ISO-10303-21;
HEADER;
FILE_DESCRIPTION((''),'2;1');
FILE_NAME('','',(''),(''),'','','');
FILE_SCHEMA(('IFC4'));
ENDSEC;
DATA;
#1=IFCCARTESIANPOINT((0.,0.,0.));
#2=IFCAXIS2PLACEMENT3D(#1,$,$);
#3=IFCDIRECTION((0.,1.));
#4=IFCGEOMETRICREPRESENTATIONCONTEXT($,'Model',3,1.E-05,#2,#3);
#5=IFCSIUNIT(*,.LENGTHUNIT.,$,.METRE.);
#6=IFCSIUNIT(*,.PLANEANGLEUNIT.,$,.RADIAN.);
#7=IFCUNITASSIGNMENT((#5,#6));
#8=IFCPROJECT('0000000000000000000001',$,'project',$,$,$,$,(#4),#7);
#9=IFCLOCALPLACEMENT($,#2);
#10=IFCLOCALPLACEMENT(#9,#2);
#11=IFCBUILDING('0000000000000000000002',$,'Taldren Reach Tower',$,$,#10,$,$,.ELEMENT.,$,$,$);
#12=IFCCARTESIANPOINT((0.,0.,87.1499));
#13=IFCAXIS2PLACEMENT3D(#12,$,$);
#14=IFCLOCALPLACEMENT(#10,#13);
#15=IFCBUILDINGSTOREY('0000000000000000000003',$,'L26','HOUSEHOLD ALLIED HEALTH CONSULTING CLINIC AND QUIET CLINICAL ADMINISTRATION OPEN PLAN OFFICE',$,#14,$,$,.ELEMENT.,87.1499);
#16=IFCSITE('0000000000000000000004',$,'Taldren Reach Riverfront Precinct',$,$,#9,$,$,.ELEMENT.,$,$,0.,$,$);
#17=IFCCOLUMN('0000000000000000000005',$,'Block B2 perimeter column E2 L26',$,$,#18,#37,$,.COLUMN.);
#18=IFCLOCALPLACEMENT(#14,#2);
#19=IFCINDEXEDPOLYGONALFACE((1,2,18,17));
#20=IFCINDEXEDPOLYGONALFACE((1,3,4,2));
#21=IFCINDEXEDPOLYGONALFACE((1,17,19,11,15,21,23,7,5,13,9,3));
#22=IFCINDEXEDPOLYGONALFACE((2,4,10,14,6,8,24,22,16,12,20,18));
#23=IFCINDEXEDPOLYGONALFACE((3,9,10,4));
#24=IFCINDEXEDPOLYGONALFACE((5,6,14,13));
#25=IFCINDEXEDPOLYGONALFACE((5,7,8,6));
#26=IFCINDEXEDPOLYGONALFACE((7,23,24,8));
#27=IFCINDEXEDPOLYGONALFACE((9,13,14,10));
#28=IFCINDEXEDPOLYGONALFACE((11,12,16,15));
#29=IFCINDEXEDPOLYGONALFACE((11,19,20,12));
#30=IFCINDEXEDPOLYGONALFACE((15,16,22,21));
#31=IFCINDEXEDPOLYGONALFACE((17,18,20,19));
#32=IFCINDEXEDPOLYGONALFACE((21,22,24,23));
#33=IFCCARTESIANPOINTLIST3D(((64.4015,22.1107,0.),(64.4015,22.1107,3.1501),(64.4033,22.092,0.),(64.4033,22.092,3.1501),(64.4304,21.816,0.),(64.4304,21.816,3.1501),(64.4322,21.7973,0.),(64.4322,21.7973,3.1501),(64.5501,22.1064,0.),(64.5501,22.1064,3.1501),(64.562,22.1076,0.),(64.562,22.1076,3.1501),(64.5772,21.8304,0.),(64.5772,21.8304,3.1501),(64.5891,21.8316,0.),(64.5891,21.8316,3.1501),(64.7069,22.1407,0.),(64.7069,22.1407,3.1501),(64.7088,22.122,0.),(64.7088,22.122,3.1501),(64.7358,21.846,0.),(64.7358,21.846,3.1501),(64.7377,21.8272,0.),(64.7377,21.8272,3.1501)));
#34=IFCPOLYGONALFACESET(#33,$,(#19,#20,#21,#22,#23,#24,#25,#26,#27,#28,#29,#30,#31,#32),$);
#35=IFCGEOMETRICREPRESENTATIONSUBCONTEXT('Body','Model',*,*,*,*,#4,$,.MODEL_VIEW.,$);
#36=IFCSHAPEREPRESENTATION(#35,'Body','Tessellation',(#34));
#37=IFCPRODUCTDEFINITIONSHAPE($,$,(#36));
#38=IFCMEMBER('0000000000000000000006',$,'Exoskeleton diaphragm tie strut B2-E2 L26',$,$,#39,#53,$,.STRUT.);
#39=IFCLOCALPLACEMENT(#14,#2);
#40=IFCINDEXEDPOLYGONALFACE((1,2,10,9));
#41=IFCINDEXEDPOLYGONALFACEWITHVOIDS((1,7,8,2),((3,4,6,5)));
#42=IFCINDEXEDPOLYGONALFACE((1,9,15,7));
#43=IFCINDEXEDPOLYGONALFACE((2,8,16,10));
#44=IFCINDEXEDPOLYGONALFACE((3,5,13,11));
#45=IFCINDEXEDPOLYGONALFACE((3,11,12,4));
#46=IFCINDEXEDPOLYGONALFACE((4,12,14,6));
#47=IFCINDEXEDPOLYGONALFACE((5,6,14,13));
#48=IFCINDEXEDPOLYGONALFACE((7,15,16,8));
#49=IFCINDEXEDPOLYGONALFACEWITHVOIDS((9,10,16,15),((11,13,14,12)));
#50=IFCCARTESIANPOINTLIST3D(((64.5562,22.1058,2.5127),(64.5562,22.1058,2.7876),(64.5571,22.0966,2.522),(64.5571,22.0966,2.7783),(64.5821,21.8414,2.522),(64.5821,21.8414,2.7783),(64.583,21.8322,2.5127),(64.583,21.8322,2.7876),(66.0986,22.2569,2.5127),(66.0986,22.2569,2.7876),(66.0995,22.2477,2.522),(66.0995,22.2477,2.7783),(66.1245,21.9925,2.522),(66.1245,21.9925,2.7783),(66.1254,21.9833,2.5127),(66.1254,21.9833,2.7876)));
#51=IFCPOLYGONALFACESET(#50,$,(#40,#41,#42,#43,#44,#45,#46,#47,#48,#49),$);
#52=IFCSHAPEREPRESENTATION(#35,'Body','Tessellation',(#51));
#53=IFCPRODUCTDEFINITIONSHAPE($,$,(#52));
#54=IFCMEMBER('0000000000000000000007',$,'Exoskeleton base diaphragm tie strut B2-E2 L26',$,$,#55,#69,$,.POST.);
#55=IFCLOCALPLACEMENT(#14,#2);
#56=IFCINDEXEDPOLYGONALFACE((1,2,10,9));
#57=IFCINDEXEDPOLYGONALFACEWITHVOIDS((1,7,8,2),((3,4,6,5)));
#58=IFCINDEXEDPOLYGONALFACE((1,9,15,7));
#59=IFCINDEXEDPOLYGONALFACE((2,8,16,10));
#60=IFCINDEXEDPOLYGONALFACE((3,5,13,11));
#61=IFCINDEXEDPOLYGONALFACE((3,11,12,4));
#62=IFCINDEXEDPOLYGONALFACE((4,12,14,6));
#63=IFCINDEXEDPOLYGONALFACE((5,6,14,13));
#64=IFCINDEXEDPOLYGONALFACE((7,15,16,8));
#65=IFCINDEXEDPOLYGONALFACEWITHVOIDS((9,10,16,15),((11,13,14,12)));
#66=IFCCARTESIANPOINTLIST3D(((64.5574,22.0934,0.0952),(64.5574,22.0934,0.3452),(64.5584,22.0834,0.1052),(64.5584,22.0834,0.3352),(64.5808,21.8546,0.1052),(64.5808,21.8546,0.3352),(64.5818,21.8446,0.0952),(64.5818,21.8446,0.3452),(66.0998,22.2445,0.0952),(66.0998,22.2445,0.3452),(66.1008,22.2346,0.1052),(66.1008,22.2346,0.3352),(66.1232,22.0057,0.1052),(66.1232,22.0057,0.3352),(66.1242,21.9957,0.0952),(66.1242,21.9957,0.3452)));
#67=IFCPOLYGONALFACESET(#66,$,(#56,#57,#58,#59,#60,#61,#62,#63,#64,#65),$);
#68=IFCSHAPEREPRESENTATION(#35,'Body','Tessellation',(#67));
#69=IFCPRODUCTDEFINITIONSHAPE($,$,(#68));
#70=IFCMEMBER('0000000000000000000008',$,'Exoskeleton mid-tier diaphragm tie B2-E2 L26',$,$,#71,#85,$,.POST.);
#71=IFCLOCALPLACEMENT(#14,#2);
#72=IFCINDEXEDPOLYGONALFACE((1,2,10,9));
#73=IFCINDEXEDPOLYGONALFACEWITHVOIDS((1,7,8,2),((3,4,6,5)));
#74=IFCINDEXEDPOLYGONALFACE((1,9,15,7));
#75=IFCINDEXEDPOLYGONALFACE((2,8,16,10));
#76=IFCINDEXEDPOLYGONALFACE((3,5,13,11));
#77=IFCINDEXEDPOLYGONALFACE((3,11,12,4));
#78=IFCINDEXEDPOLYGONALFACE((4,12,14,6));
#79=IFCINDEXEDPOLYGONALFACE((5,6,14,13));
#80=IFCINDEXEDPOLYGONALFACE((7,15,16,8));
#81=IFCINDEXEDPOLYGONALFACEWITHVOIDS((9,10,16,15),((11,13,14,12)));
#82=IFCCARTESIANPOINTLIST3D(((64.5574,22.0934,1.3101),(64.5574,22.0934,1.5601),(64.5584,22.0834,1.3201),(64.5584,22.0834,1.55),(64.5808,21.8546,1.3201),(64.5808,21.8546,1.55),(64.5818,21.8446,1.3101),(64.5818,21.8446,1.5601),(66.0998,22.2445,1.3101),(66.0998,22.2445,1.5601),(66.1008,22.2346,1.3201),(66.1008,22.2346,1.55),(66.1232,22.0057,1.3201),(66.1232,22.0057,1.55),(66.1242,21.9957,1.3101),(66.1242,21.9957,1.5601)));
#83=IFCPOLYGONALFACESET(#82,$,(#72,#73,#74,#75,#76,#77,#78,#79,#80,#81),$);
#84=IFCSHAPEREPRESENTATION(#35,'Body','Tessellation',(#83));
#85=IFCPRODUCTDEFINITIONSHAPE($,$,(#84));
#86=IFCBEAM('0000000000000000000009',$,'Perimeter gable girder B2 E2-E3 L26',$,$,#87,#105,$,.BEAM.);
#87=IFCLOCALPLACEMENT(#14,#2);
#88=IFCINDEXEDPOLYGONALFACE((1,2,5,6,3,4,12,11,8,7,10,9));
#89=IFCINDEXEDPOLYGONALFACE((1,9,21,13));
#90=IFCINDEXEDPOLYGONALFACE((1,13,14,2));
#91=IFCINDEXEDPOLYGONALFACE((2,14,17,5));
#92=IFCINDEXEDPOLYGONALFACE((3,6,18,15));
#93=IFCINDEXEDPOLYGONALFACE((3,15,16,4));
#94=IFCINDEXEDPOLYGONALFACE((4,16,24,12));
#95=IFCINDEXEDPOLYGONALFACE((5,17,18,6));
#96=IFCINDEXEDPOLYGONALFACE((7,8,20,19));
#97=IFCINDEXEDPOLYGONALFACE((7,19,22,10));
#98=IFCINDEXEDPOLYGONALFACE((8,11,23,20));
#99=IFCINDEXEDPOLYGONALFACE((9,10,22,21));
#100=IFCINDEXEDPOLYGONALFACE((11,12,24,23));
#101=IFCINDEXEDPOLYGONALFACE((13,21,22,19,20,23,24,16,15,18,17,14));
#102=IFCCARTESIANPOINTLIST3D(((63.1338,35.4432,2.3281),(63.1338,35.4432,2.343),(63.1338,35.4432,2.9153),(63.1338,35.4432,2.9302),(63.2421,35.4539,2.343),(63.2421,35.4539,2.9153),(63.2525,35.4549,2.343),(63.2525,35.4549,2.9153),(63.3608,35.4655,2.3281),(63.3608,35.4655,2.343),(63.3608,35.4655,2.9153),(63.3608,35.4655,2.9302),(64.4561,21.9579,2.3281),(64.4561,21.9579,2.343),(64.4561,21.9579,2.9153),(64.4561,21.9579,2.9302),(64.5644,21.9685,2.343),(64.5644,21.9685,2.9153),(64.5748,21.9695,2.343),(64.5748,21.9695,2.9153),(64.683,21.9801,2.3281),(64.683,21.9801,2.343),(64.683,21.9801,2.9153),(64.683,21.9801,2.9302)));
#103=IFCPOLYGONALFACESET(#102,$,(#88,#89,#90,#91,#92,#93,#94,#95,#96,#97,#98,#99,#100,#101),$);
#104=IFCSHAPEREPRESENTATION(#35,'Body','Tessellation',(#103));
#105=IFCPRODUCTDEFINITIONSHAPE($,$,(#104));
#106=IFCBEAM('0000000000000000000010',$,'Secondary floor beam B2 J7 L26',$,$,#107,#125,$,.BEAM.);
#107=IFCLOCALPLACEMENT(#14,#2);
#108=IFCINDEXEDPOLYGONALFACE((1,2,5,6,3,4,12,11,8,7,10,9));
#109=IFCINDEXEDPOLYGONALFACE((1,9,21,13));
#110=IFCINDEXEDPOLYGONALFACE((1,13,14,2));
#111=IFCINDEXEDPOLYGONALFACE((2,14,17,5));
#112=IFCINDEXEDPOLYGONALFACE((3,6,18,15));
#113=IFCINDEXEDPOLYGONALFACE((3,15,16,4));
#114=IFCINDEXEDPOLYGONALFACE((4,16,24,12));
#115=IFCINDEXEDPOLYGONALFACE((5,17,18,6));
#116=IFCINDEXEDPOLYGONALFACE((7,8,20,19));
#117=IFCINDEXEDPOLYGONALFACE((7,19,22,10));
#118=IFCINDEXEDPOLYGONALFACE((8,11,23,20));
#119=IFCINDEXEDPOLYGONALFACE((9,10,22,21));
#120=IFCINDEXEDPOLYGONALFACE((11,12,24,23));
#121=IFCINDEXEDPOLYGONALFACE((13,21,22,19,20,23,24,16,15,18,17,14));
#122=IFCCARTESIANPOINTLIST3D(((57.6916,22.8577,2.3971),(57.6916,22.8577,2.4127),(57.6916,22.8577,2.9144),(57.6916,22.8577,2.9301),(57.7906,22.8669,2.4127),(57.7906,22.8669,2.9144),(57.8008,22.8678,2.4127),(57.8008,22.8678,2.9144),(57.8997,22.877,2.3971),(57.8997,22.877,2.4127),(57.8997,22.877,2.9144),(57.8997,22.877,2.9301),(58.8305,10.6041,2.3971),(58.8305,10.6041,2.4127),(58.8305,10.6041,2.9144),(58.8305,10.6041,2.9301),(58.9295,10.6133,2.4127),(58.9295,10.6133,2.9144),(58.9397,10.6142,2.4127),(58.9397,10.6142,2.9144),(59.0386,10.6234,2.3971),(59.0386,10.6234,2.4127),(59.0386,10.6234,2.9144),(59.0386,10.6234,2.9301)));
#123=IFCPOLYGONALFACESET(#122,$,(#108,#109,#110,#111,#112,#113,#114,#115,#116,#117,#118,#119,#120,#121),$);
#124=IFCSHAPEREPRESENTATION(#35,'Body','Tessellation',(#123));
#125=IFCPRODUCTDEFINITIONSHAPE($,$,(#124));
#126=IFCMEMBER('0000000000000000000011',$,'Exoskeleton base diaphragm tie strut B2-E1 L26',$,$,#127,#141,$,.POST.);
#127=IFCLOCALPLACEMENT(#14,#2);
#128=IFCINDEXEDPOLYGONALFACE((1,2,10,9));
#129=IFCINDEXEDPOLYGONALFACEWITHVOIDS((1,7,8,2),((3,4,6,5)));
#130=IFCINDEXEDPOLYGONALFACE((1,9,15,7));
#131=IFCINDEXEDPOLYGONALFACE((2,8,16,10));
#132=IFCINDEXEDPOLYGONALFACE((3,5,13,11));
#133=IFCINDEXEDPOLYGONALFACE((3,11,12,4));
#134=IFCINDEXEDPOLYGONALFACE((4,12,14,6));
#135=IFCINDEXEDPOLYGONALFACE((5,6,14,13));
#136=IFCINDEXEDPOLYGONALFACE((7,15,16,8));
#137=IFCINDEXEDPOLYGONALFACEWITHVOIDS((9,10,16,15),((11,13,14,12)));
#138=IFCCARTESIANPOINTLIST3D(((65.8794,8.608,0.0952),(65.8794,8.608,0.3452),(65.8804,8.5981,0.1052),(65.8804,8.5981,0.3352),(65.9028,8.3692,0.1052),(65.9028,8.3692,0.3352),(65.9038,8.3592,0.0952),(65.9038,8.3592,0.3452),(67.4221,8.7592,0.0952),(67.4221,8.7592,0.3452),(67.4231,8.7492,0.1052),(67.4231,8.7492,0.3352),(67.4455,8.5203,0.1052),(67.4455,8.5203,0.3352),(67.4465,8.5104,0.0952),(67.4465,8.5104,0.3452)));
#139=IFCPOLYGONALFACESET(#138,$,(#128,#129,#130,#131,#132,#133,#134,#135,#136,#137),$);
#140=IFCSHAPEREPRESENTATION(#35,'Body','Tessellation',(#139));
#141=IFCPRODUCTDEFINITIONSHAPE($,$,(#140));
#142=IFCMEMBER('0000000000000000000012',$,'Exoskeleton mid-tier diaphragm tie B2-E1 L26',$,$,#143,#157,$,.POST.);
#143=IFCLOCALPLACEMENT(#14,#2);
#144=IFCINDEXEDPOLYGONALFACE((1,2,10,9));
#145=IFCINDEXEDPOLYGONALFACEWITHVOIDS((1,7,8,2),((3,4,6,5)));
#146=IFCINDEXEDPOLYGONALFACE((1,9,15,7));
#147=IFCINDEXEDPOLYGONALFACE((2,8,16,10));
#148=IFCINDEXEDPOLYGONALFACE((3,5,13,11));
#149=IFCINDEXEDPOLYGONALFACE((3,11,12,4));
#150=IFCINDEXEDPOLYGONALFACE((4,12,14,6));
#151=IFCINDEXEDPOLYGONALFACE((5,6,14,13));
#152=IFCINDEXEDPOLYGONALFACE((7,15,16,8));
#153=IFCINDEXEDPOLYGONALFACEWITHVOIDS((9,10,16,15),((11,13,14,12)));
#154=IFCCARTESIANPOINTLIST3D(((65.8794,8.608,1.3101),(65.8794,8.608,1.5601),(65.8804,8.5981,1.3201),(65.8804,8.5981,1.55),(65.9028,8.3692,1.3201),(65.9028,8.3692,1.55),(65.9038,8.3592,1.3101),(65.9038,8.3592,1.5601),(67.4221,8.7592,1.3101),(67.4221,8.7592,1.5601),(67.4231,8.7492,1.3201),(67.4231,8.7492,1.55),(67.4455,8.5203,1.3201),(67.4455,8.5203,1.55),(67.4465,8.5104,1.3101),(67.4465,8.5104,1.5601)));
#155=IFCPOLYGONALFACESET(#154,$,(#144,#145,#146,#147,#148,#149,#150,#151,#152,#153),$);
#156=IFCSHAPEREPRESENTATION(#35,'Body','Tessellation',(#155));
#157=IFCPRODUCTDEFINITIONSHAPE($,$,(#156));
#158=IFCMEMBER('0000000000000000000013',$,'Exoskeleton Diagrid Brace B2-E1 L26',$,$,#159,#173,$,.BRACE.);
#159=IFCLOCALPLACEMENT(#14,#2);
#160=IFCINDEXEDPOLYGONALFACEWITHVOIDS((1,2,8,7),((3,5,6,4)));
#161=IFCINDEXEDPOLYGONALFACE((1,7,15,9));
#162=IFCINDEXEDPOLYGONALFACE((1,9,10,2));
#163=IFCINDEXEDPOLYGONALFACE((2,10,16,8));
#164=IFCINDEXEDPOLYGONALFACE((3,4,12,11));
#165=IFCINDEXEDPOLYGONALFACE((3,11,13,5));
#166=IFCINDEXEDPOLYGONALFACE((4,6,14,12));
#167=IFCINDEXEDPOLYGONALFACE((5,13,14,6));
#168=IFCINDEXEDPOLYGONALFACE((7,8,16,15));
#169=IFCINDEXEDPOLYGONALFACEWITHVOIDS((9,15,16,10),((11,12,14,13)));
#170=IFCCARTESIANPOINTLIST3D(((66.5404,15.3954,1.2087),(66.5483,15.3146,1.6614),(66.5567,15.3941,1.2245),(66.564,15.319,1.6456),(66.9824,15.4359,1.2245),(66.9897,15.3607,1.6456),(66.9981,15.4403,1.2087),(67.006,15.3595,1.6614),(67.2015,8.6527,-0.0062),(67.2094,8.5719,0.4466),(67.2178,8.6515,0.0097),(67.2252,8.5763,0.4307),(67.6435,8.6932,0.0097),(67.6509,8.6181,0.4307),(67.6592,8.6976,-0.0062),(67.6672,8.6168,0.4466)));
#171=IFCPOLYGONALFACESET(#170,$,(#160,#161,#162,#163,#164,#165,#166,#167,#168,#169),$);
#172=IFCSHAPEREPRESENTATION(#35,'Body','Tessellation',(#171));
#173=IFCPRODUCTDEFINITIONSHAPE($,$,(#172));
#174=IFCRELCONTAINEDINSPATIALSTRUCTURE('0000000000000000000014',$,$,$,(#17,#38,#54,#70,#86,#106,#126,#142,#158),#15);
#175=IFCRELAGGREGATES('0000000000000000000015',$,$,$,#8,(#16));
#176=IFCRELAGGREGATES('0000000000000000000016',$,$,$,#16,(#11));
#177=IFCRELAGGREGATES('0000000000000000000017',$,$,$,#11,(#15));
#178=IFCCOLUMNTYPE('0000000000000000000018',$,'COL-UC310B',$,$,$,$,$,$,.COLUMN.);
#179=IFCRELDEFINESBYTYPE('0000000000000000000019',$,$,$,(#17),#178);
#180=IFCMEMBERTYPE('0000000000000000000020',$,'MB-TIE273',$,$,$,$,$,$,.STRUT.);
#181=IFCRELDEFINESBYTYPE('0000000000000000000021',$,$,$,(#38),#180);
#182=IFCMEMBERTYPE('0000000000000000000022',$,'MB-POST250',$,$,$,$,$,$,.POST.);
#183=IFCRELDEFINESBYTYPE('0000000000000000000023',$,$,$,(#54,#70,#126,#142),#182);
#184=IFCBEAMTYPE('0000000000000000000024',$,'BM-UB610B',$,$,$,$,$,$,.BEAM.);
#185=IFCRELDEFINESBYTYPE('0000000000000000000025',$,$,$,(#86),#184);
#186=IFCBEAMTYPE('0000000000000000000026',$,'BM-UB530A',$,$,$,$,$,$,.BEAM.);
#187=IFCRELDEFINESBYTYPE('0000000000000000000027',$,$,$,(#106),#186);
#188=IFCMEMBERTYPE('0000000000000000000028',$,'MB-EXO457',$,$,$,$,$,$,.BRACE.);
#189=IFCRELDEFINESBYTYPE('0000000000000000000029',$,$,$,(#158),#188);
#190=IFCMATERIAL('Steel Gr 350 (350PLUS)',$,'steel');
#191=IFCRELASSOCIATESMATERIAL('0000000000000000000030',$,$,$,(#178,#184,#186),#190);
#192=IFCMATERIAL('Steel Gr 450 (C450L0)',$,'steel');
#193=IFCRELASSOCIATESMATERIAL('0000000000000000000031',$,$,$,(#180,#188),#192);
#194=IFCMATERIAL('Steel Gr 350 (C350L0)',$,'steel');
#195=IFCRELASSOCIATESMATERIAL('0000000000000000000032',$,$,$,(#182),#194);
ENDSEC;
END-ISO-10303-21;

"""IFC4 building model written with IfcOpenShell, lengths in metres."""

from ifc_helpers import new_model, si_unit, direction, frame, origin, origin_2d, place, context, subcontext, project, spatial, hollow_rectangle, i_section, extrude, source, transform, mapped, material, material_profile, profile_set, type_object, element, save


model = new_model("IFC4")

# Units and contexts
model_context = context("Model", 3, precision=1e-05, world=origin(), true_north=direction((0.0, 1.0)))
body_context = subcontext(model_context, "Body", "Model", "MODEL_VIEW")
ifc_project = project(units=[si_unit("LENGTHUNIT", "METRE"), si_unit("PLANEANGLEUNIT", "RADIAN")], contexts=[model_context])

# Site, building, storey
site_placement = place(None, origin())
site = spatial("IfcSite", under=ifc_project, at=site_placement, Name="Taldren Reach Riverfront Precinct", CompositionType="ELEMENT", RefElevation=0.0)
building_placement = place(site_placement, origin())
building = spatial("IfcBuilding", under=site, at=building_placement, Name="Taldren Reach Tower", CompositionType="ELEMENT")
storey_placement = place(building_placement, frame((0.0, 0.0, 87.1499)))
storey = spatial("IfcBuildingStorey", under=building, at=storey_placement, Name="L26", Description="HOUSEHOLD ALLIED HEALTH CONSULTING CLINIC AND QUIET CLINICAL ADMINISTRATION OPEN PLAN OFFICE", CompositionType="ELEMENT", Elevation=87.1499)

# Column
ifc_material_1 = material(Name="Steel Gr 350 (350PLUS)", Category="steel")
ifc_material_profile_1 = material_profile(ifc_material_1, i_section(OverallWidth=0.3069, OverallDepth=0.3149, WebThickness=0.012, FlangeThickness=0.0188, at=origin_2d()), Name="310UC118")
ifc_profile_set_1 = profile_set([ifc_material_profile_1], Name="Steel Gr 350 (350PLUS)")
column_type = type_object("IfcColumnType", Name="COL-UC310B", PredefinedType="COLUMN", material=ifc_profile_set_1)
shared_shape_1 = source(origin(), body_context, "Body", "SweptSolid", [
    extrude(i_section(OverallWidth=0.3069, OverallDepth=0.3149, WebThickness=0.012, FlangeThickness=0.0188, at=origin_2d()), origin(), (0.0, 0.0, 1.0), 3.1501),
])
column_placement = place(storey_placement, frame((64.5696, 21.969, 0.0), z_axis=(0.0, 0.0, 1.0), x_axis=(0.995227, 0.097583, 0.0)))
element("IfcColumn", 1, at=column_placement, inside=storey, type_object=column_type, Name="Block B2 perimeter column E2 L26", PredefinedType="COLUMN", context=body_context, shape_type="MappedRepresentation", body=[
    mapped(shared_shape_1, transform((0.0, 0.0, 0.0), scale=1.0)),
])

# Members
ifc_material_2 = material(Name="Steel Gr 450 (C450L0)", Category="steel")
ifc_material_profile_2 = material_profile(ifc_material_2, hollow_rectangle(XDim=0.2749, YDim=0.2749, WallThickness=0.0093, at=origin_2d()), Name="275x275x9.3SHS")
ifc_profile_set_2 = profile_set([ifc_material_profile_2], Name="Steel Gr 450 (C450L0)")
member_type_1 = type_object("IfcMemberType", Name="MB-TIE273", PredefinedType="STRUT", material=ifc_profile_set_2)
shared_shape_2 = source(origin(), body_context, "Body", "SweptSolid", [
    extrude(hollow_rectangle(XDim=0.2749, YDim=0.2749, WallThickness=0.0093, at=origin_2d()), origin(), (0.0, 0.0, 1.0), 1.5498),
])
member_1_placement = place(storey_placement, frame((64.5696, 21.969, 2.6501), z_axis=(0.995235, 0.097507, 0.0), x_axis=(-0.097507, 0.995235, 0.0)))
element("IfcMember", 2, at=member_1_placement, inside=storey, type_object=member_type_1, Name="Exoskeleton diaphragm tie strut B2-E2 L26", PredefinedType="STRUT", context=body_context, shape_type="MappedRepresentation", body=[
    mapped(shared_shape_2, transform((0.0, 0.0, 0.0), scale=1.0)),
])
ifc_material_3 = material(Name="Steel Gr 350 (C350L0)", Category="steel")
ifc_material_profile_3 = material_profile(ifc_material_3, hollow_rectangle(XDim=0.25, YDim=0.25, WallThickness=0.01, at=origin_2d()), Name="250x250x10.0SHS")
ifc_profile_set_3 = profile_set([ifc_material_profile_3], Name="Steel Gr 350 (C350L0)")
member_type_2 = type_object("IfcMemberType", Name="MB-POST250", PredefinedType="POST", material=ifc_profile_set_3)
shared_shape_3 = source(origin(), body_context, "Body", "SweptSolid", [
    extrude(hollow_rectangle(XDim=0.25, YDim=0.25, WallThickness=0.01, at=origin_2d()), origin(), (0.0, 0.0, 1.0), 1.5498),
])
for number, where, z_axis, x_axis, name in (
    (3, (64.5696, 21.969, 0.2202), (0.995235, 0.097507, 0.0), (-0.097507, 0.995235, 0.0), "Exoskeleton base diaphragm tie strut B2-E2 L26"),
    (4, (64.5696, 21.969, 1.4351), (0.995235, 0.097507, 0.0), (-0.097507, 0.995235, 0.0), "Exoskeleton mid-tier diaphragm tie B2-E2 L26"),
):
    element("IfcMember", number, at=place(storey_placement, frame(where, z_axis=z_axis, x_axis=x_axis)), inside=storey, type_object=member_type_2, Name=name, PredefinedType="POST", context=body_context, shape_type="MappedRepresentation", body=[
        mapped(shared_shape_3, transform((0.0, 0.0, 0.0), scale=1.0)),
    ])

# Beams
ifc_material_profile_4 = material_profile(ifc_material_1, i_section(OverallWidth=0.228, OverallDepth=0.6021, WebThickness=0.0105, FlangeThickness=0.0149, at=origin_2d()), Name="610UB101")
ifc_profile_set_4 = profile_set([ifc_material_profile_4], Name="Steel Gr 350 (350PLUS)")
beam_type_1 = type_object("IfcBeamType", Name="BM-UB610B", PredefinedType="BEAM", material=ifc_profile_set_4)
shared_shape_4 = source(origin(), body_context, "Body", "SweptSolid", [
    extrude(i_section(OverallWidth=0.228, OverallDepth=0.6021, WebThickness=0.0105, FlangeThickness=0.0149, at=origin_2d()), origin(), (0.0, 0.0, 1.0), 13.55),
])
beam_1_placement = place(storey_placement, frame((64.5696, 21.969, 2.6292), z_axis=(-0.097584, 0.995227, 0.0), x_axis=(-0.995227, -0.097584, 0.0)))
element("IfcBeam", 5, at=beam_1_placement, inside=storey, type_object=beam_type_1, Name="Perimeter gable girder B2 E2-E3 L26", PredefinedType="BEAM", context=body_context, shape_type="MappedRepresentation", body=[
    mapped(shared_shape_4, transform((0.0, 0.0, 0.0), scale=1.0)),
])
ifc_material_profile_5 = material_profile(ifc_material_1, i_section(OverallWidth=0.209, OverallDepth=0.533, WebThickness=0.0103, FlangeThickness=0.0156, at=origin_2d()), Name="530UB92.4")
ifc_profile_set_5 = profile_set([ifc_material_profile_5], Name="Steel Gr 350 (350PLUS)")
beam_type_2 = type_object("IfcBeamType", Name="BM-UB530A", PredefinedType="BEAM", material=ifc_profile_set_5)
shared_shape_5 = source(origin(), body_context, "Body", "SweptSolid", [
    extrude(i_section(OverallWidth=0.209, OverallDepth=0.533, WebThickness=0.0103, FlangeThickness=0.0156, at=origin_2d()), origin(), (0.0, 0.0, 1.0), 12.3064),
])
beam_2_placement = place(storey_placement, frame((58.9346, 10.6138, 2.6636), z_axis=(-0.092546, 0.995708, 0.0), x_axis=(-0.995708, -0.092546, 0.0)))
element("IfcBeam", 6, at=beam_2_placement, inside=storey, type_object=beam_type_2, Name="Secondary floor beam B2 J7 L26", PredefinedType="BEAM", context=body_context, shape_type="MappedRepresentation", body=[
    mapped(shared_shape_5, transform((0.0, 0.0, 0.0), scale=1.0)),
])

# Members
shared_shape_6 = source(origin(), body_context, "Body", "SweptSolid", [
    extrude(hollow_rectangle(XDim=0.25, YDim=0.25, WallThickness=0.01, at=origin_2d()), origin(), (0.0, 0.0, 1.0), 1.55),
])
for number, where, z_axis, x_axis, name in (
    (7, (65.8916, 8.4836, 0.2202), (0.995236, 0.097492, 0.0), (-0.097492, 0.995236, 0.0), "Exoskeleton base diaphragm tie strut B2-E1 L26"),
    (8, (65.8916, 8.4836, 1.4351), (0.995236, 0.097492, 0.0), (-0.097492, 0.995236, 0.0), "Exoskeleton mid-tier diaphragm tie B2-E1 L26"),
):
    element("IfcMember", number, at=place(storey_placement, frame(where, z_axis=z_axis, x_axis=x_axis)), inside=storey, type_object=member_type_2, Name=name, PredefinedType="POST", context=body_context, shape_type="MappedRepresentation", body=[
        mapped(shared_shape_6, transform((0.0, 0.0, 0.0), scale=1.0)),
    ])
ifc_material_profile_6 = material_profile(ifc_material_2, hollow_rectangle(XDim=0.46, YDim=0.46, WallThickness=0.0161, at=origin_2d()), Name="460x460x16.0SHS")
ifc_profile_set_6 = profile_set([ifc_material_profile_6], Name="Steel Gr 450 (C450L0)")
member_type_3 = type_object("IfcMemberType", Name="MB-EXO457", PredefinedType="BRACE", material=ifc_profile_set_6)
shared_shape_7 = source(origin(), body_context, "Body", "SweptSolid", [
    extrude(hollow_rectangle(XDim=0.46, YDim=0.46, WallThickness=0.0161, at=origin_2d()), origin(), (0.0, 0.0, 1.0), 6.8831),
])
for number, where, z_axis, x_axis, name in (
    (9, (67.4343, 8.6348, 0.2202), (-0.096052, 0.979603, 0.176497), (-0.995227, -0.097584, 0.0), "Exoskeleton Diagrid Brace B2-E1 L26"),
):
    element("IfcMember", number, at=place(storey_placement, frame(where, z_axis=z_axis, x_axis=x_axis)), inside=storey, type_object=member_type_3, Name=name, PredefinedType="BRACE", context=body_context, shape_type="MappedRepresentation", body=[
        mapped(shared_shape_7, transform((0.0, 0.0, 0.0), scale=1.0)),
    ])

save(model, "model.ifc")
